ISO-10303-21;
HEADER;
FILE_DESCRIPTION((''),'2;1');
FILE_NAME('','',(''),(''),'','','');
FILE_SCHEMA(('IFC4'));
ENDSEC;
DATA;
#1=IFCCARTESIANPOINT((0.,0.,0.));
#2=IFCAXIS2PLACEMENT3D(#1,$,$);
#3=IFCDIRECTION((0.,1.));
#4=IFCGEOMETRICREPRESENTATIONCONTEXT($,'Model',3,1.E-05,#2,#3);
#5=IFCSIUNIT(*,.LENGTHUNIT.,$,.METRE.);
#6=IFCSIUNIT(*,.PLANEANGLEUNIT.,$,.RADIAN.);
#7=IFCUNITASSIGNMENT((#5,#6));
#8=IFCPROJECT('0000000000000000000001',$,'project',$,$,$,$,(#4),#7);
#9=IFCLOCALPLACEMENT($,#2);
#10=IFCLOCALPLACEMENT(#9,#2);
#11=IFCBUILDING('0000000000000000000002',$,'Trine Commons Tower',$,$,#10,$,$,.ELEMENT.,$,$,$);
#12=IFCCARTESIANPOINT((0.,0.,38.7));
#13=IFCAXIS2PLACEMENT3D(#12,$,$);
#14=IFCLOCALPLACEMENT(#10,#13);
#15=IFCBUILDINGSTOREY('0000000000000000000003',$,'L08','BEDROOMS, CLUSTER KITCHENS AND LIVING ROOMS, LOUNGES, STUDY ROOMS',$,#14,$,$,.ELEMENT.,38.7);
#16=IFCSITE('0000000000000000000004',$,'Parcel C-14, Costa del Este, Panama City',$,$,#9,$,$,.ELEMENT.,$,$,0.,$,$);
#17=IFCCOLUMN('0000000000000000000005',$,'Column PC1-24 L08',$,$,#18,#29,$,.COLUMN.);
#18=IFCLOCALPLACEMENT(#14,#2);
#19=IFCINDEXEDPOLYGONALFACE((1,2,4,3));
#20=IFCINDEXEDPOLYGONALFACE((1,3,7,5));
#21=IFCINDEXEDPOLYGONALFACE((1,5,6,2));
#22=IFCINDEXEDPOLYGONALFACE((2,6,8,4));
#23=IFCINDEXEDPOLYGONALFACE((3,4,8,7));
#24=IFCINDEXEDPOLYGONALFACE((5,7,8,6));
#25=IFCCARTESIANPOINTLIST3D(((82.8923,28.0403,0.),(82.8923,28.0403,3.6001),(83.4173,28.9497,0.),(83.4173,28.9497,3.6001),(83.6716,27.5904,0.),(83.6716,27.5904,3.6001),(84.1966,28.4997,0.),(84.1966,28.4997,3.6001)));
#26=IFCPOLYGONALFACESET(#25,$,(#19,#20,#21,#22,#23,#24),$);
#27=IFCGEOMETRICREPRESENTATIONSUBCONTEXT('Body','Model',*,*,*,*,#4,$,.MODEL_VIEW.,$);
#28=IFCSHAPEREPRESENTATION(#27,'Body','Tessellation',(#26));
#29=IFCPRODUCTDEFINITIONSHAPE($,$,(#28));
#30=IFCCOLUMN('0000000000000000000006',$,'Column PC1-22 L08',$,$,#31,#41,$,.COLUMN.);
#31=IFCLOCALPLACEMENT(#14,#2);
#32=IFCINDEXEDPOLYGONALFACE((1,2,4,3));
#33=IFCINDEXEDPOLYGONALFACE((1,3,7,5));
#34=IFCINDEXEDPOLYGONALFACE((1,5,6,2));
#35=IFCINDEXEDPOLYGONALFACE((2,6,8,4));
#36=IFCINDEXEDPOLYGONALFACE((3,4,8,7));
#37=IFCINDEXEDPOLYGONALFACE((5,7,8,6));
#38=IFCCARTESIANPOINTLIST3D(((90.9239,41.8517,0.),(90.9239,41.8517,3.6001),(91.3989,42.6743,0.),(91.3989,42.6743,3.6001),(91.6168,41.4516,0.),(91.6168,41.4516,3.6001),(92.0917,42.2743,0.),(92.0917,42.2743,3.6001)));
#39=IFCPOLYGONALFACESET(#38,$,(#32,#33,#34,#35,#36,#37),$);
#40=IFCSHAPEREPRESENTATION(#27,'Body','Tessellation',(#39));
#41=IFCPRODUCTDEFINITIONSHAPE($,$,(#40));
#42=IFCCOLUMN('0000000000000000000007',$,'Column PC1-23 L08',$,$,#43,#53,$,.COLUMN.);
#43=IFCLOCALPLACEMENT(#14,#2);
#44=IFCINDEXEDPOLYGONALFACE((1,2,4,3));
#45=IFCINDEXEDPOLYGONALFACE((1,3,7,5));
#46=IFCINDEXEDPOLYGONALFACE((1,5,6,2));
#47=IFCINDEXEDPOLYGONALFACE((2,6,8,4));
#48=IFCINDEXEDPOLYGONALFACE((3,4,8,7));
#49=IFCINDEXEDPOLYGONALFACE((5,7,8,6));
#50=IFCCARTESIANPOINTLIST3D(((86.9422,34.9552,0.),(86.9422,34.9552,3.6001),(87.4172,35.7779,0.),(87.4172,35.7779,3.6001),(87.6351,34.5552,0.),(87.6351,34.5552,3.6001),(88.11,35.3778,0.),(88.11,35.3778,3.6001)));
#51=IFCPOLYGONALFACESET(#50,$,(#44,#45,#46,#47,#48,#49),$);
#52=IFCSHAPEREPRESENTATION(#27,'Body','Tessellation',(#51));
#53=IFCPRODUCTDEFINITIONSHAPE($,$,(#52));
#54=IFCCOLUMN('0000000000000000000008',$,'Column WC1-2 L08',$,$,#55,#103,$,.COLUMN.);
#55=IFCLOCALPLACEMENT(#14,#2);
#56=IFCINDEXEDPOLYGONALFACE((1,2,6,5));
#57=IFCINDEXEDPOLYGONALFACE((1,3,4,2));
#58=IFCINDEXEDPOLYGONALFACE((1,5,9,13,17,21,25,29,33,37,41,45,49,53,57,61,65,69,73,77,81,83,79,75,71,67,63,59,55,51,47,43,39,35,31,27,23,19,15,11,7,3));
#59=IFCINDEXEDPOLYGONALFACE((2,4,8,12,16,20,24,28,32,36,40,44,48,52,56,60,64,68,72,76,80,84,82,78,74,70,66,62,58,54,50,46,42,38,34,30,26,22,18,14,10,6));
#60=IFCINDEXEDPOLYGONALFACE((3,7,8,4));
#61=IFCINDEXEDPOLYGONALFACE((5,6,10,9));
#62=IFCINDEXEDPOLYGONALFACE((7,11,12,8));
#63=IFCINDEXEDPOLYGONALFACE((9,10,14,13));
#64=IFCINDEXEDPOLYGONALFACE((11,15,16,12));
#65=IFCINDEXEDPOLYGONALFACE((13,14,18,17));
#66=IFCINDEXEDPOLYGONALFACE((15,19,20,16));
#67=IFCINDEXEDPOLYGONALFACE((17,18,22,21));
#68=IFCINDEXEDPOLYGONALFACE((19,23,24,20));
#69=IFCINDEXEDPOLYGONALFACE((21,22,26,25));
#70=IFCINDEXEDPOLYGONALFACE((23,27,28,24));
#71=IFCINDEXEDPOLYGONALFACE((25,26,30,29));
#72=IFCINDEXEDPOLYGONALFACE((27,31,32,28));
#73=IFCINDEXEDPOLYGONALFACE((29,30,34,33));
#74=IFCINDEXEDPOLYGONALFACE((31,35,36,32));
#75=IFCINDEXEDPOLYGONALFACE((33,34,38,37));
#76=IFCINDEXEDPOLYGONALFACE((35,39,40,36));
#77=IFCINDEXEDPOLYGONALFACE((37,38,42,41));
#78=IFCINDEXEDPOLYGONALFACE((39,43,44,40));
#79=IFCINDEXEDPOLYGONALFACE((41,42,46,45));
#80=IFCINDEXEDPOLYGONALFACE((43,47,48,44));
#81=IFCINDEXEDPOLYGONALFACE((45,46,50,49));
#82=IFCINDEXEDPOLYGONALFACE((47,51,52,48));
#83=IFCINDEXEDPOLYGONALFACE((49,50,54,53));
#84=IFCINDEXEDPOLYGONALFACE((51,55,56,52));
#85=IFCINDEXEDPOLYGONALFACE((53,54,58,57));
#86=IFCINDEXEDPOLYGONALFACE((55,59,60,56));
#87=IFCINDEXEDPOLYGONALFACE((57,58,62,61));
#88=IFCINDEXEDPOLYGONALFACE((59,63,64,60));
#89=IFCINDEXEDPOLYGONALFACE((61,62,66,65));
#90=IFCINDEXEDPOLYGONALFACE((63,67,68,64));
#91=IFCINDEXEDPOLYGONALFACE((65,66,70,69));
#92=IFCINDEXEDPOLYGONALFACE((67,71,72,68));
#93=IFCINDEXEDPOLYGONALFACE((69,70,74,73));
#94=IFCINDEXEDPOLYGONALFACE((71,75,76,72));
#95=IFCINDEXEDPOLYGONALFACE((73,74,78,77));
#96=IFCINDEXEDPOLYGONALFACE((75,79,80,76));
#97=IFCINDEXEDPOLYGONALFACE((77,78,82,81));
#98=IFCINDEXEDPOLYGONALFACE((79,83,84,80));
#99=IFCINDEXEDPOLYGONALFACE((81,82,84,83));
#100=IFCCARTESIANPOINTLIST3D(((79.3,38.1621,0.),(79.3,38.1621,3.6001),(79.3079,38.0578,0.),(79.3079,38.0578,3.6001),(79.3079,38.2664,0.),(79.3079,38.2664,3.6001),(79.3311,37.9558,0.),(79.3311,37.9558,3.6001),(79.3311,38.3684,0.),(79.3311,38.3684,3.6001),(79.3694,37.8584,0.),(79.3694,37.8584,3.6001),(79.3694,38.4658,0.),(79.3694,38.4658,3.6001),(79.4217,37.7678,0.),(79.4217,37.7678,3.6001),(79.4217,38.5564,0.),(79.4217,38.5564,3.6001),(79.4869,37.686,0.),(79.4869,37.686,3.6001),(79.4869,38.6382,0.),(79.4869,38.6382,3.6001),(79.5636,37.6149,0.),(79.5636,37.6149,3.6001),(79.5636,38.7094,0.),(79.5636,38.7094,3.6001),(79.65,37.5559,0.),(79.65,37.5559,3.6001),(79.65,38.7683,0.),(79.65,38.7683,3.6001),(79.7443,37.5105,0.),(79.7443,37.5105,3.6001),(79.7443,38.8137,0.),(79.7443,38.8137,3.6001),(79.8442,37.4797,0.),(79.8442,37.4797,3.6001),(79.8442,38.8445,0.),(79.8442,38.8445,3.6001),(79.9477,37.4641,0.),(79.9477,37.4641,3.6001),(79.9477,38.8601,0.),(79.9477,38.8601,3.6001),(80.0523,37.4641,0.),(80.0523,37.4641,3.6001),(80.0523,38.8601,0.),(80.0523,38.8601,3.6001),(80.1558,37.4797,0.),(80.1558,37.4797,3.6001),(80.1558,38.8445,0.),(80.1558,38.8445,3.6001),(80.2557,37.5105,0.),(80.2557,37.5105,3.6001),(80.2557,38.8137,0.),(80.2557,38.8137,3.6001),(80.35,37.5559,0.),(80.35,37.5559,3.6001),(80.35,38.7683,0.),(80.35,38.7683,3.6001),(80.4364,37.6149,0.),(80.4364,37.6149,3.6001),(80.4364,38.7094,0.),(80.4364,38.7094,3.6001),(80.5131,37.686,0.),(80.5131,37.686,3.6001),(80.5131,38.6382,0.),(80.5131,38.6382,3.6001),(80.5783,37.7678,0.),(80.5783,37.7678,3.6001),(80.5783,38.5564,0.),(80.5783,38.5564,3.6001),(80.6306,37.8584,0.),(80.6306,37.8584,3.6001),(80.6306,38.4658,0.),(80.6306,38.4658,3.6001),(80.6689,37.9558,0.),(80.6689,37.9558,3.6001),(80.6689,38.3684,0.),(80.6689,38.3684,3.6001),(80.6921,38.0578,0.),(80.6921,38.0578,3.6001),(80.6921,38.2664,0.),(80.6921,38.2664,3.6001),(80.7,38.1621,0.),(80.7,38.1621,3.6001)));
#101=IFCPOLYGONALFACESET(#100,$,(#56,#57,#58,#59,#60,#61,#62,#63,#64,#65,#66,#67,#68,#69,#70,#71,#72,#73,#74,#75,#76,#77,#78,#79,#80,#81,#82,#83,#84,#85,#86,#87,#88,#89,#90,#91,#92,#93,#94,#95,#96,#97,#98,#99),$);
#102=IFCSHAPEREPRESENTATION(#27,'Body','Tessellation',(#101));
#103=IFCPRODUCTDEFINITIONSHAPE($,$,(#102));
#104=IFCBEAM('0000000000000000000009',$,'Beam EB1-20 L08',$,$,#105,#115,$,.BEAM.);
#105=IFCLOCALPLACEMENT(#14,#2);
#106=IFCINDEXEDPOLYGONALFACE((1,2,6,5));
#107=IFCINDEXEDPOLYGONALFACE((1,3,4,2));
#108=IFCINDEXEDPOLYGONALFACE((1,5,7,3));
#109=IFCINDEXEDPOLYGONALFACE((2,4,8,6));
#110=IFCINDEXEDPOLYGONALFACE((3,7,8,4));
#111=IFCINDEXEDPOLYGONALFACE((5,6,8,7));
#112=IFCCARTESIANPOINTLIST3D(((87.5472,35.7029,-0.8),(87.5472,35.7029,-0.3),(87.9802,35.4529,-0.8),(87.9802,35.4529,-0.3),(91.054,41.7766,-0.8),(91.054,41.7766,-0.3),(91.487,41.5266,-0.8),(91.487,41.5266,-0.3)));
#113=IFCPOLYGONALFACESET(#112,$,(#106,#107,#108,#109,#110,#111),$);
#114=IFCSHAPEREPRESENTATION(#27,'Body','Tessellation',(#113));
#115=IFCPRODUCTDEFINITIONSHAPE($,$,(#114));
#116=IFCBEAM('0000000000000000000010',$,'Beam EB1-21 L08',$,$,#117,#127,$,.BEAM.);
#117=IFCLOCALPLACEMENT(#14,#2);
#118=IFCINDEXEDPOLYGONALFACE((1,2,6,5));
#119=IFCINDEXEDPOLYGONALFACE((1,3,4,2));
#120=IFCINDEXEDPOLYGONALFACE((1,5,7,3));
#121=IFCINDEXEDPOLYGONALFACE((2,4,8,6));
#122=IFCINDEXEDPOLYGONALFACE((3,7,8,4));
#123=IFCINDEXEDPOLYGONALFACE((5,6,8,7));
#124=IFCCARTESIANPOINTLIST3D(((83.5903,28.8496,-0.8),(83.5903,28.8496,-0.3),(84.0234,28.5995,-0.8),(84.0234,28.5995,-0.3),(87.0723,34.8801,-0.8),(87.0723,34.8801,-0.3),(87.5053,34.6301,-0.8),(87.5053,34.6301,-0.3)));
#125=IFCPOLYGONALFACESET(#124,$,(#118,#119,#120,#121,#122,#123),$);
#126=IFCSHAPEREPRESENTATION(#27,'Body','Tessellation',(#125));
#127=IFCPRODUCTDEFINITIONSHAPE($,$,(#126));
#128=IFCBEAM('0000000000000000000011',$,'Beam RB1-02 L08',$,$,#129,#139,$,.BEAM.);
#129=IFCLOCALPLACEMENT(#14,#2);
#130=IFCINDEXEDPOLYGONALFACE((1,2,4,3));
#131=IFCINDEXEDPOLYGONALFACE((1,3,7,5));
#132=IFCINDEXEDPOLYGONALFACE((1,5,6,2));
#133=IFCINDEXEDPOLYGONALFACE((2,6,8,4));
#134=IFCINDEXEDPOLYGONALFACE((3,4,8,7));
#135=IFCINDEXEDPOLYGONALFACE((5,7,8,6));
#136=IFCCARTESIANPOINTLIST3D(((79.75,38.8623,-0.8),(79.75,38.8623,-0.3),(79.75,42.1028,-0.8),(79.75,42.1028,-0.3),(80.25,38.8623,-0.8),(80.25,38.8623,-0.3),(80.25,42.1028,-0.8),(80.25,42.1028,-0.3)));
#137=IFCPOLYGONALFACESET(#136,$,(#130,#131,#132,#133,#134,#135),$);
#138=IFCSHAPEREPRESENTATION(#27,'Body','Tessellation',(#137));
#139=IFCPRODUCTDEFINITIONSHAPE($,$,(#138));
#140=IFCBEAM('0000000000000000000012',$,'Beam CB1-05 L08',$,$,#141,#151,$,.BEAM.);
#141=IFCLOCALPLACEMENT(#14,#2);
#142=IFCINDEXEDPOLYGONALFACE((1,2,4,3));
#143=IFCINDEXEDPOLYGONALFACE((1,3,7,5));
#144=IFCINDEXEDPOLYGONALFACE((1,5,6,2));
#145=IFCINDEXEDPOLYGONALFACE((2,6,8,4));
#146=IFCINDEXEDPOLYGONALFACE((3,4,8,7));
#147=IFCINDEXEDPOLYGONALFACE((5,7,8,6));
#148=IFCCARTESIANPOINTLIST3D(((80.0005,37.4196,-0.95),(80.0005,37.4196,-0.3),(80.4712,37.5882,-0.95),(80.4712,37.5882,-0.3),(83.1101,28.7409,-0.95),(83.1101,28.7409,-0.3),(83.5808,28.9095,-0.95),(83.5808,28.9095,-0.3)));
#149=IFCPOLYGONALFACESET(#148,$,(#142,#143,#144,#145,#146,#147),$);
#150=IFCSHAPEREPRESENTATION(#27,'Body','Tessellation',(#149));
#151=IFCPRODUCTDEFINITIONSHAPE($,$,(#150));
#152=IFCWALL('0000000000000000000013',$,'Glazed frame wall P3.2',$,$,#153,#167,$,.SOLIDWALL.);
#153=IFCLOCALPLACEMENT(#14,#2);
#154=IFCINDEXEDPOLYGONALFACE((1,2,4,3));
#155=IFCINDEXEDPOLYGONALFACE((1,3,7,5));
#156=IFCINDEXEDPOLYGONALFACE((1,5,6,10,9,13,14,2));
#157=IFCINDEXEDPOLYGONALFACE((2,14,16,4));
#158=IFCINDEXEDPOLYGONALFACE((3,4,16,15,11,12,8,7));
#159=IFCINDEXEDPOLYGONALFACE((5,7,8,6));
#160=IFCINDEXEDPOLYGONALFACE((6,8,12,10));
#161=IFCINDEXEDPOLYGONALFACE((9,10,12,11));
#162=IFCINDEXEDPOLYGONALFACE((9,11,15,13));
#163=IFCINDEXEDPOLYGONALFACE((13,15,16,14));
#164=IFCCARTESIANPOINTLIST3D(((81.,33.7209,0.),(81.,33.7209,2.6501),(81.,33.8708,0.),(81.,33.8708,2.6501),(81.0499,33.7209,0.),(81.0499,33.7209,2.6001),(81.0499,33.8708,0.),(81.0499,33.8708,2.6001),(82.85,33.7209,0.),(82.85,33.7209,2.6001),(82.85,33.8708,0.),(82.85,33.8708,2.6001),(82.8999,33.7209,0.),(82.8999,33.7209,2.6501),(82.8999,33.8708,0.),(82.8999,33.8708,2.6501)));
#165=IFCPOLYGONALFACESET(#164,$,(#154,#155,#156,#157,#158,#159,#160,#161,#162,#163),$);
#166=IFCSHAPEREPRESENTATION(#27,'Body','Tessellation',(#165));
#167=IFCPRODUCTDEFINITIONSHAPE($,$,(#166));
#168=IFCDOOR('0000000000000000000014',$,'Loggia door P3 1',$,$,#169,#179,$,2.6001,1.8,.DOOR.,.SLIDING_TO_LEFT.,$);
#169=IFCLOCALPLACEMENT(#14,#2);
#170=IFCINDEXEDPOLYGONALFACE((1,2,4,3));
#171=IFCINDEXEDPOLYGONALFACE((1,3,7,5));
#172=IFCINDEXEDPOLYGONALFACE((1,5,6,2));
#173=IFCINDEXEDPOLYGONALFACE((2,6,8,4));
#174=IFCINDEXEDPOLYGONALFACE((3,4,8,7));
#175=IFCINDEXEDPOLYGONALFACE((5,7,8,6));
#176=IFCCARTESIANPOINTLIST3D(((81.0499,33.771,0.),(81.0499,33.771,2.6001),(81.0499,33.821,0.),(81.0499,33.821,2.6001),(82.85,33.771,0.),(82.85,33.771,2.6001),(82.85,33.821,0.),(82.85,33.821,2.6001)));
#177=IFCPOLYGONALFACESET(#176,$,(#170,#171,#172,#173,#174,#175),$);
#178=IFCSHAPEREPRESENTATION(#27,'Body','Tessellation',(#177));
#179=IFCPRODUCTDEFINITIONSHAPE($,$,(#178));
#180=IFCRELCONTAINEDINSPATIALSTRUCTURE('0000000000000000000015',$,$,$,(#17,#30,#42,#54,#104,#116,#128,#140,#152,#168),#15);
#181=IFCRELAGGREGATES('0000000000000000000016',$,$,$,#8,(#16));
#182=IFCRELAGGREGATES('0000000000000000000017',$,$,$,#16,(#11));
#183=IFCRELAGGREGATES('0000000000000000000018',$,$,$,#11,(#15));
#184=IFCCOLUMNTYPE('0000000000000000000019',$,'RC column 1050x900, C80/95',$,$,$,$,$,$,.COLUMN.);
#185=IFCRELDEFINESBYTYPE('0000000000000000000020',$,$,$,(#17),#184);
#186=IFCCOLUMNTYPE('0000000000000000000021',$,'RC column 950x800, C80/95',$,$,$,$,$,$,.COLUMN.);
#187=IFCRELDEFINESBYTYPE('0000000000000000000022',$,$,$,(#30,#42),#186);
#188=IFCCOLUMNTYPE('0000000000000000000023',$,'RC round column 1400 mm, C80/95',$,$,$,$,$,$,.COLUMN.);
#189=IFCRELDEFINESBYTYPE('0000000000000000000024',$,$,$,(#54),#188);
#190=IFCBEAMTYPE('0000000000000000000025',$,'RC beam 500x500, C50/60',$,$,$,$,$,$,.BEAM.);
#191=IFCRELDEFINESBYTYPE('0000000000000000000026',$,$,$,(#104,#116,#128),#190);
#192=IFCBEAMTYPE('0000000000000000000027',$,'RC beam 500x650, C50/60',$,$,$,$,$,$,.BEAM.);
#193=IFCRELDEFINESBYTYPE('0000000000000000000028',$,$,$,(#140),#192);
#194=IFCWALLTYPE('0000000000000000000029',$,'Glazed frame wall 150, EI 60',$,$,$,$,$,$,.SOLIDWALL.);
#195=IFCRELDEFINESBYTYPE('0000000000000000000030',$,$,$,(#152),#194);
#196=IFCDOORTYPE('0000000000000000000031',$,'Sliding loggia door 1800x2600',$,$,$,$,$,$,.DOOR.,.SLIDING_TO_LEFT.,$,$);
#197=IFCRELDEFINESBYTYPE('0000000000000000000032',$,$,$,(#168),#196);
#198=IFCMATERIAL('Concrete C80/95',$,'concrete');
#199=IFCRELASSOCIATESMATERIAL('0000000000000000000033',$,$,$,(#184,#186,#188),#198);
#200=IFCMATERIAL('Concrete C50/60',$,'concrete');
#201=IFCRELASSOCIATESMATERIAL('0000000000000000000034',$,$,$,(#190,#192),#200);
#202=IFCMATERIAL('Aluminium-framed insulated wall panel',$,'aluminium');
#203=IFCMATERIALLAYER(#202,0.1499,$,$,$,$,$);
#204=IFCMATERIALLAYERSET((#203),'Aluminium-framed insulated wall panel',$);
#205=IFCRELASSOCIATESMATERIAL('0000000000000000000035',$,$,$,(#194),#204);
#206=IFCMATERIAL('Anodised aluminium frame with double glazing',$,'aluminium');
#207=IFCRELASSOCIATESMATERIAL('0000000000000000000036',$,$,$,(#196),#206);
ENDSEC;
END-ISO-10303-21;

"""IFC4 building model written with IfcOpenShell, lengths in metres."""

from ifc_helpers import new_model, si_unit, direction, frame, frame_2d, origin, origin_2d, place, context, subcontext, project, spatial, polyline, rectangle, circle, outline, extrude, material, layer, layer_set, material_profile, profile_set, type_object, element, fill, save


model = new_model("IFC4")

# Units and contexts
model_context = context("Model", 3, precision=1e-05, world=origin(), true_north=direction((0.0, 1.0)))
body_context = subcontext(model_context, "Body", "Model", "MODEL_VIEW")
ifc_project = project(units=[si_unit("LENGTHUNIT", "METRE"), si_unit("PLANEANGLEUNIT", "RADIAN")], contexts=[model_context])

# Site, building, storey
site_placement = place(None, origin())
site = spatial("IfcSite", under=ifc_project, at=site_placement, Name="Parcel C-14, Costa del Este, Panama City", CompositionType="ELEMENT", RefElevation=0.0)
building_placement = place(site_placement, origin())
building = spatial("IfcBuilding", under=site, at=building_placement, Name="Trine Commons Tower", CompositionType="ELEMENT")
storey_placement = place(building_placement, frame((0.0, 0.0, 38.7)))
storey = spatial("IfcBuildingStorey", under=building, at=storey_placement, Name="L08", Description="BEDROOMS, CLUSTER KITCHENS AND LIVING ROOMS, LOUNGES, STUDY ROOMS", CompositionType="ELEMENT", Elevation=38.7)

# Columns
ifc_material_1 = material(Name="Concrete C80/95", Category="concrete")
ifc_material_profile_1 = material_profile(ifc_material_1, rectangle(XDim=1.05, YDim=0.8999, at=origin_2d()), Name="RC 1050x900")
ifc_profile_set_1 = profile_set([ifc_material_profile_1], Name="Concrete C80/95")
column_type_1 = type_object("IfcColumnType", Name="RC column 1050x900, C80/95", PredefinedType="COLUMN", material=ifc_profile_set_1)
column_1_placement = place(storey_placement, frame((83.5444, 28.27, 0.0), z_axis=(0.0, 0.0, 1.0), x_axis=(0.5, 0.866025, 0.0)))
element("IfcColumn", 1, at=column_1_placement, inside=storey, type_object=column_type_1, Name="Column PC1-24 L08", PredefinedType="COLUMN", context=body_context, shape_type="SweptSolid", body=[
    extrude(rectangle(XDim=1.05, YDim=0.8999, at=origin_2d()), origin(), (0.0, 0.0, 1.0), 3.6001),
])
ifc_material_profile_2 = material_profile(ifc_material_1, rectangle(XDim=0.95, YDim=0.8, at=origin_2d()), Name="RC 950x800")
ifc_profile_set_2 = profile_set([ifc_material_profile_2], Name="Concrete C80/95")
column_type_2 = type_object("IfcColumnType", Name="RC column 950x800, C80/95", PredefinedType="COLUMN", material=ifc_profile_set_2)
for number, where, z_axis, x_axis, name in (
    (2, (91.5078, 42.063, 0.0), (0.0, 0.0, 1.0), (0.5, 0.866025, 0.0), "Column PC1-22 L08"),
    (3, (87.5261, 35.1665, 0.0), (0.0, 0.0, 1.0), (0.5, 0.866025, 0.0), "Column PC1-23 L08"),
):
    element("IfcColumn", number, at=place(storey_placement, frame(where, z_axis=z_axis, x_axis=x_axis)), inside=storey, type_object=column_type_2, Name=name, PredefinedType="COLUMN", context=body_context, shape_type="SweptSolid", body=[
        extrude(rectangle(XDim=0.95, YDim=0.8, at=origin_2d()), origin(), (0.0, 0.0, 1.0), 3.6001),
    ])
ifc_material_profile_3 = material_profile(ifc_material_1, circle(Radius=0.7, at=origin_2d()), Name="RC round 1400")
ifc_profile_set_3 = profile_set([ifc_material_profile_3], Name="Concrete C80/95")
column_type_3 = type_object("IfcColumnType", Name="RC round column 1400 mm, C80/95", PredefinedType="COLUMN", material=ifc_profile_set_3)
column_2_placement = place(storey_placement, frame((80.0, 38.1621, 0.0), z_axis=(0.0, 0.0, 1.0), x_axis=(1.0, 0.0, 0.0)))
element("IfcColumn", 4, at=column_2_placement, inside=storey, type_object=column_type_3, Name="Column WC1-2 L08", PredefinedType="COLUMN", context=body_context, shape_type="SweptSolid", body=[
    extrude(circle(Radius=0.7, at=origin_2d()), origin(), (0.0, 0.0, 1.0), 3.6001),
])

# Beams
ifc_material_2 = material(Name="Concrete C50/60", Category="concrete")
ifc_material_profile_4 = material_profile(ifc_material_2, rectangle(XDim=0.5, YDim=0.5, at=origin_2d()), Name="RC 500x500")
ifc_profile_set_4 = profile_set([ifc_material_profile_4], Name="Concrete C50/60")
beam_type_1 = type_object("IfcBeamType", Name="RC beam 500x500, C50/60", PredefinedType="BEAM", material=ifc_profile_set_4)
beam_1_placement = place(storey_placement, frame((91.2705, 41.6516, -0.55), z_axis=(-0.500018, -0.866015, 0.0), x_axis=(0.866015, -0.500018, 0.0)))
element("IfcBeam", 5, at=beam_1_placement, inside=storey, type_object=beam_type_1, Name="Beam EB1-20 L08", PredefinedType="BEAM", context=body_context, shape_type="SweptSolid", body=[
    extrude(rectangle(XDim=0.5, YDim=0.5, at=origin_2d()), origin(), (0.0, 0.0, 1.0), 7.0134),
])
beam_2_placement = place(storey_placement, frame((87.2888, 34.7551, -0.55), z_axis=(-0.500023, -0.866012, 0.0), x_axis=(0.866012, -0.500023, 0.0)))
element("IfcBeam", 6, at=beam_2_placement, inside=storey, type_object=beam_type_1, Name="Beam EB1-21 L08", PredefinedType="BEAM", context=body_context, shape_type="SweptSolid", body=[
    extrude(rectangle(XDim=0.5, YDim=0.5, at=origin_2d()), origin(), (0.0, 0.0, 1.0), 6.9636),
])
beam_3_placement = place(storey_placement, frame((80.0, 42.1028, -0.55), z_axis=(0.0, -1.0, 0.0), x_axis=(1.0, 0.0, 0.0)))
element("IfcBeam", 7, at=beam_3_placement, inside=storey, type_object=beam_type_1, Name="Beam RB1-02 L08", PredefinedType="BEAM", context=body_context, shape_type="SweptSolid", body=[
    extrude(rectangle(XDim=0.5, YDim=0.5, at=origin_2d()), origin(), (0.0, 0.0, 1.0), 3.2405),
])
ifc_material_profile_5 = material_profile(ifc_material_2, rectangle(XDim=0.5, YDim=0.6499, at=origin_2d()), Name="RC 500x650")
ifc_profile_set_5 = profile_set([ifc_material_profile_5], Name="Concrete C50/60")
beam_type_2 = type_object("IfcBeamType", Name="RC beam 500x650, C50/60", PredefinedType="BEAM", material=ifc_profile_set_5)
beam_4_placement = place(storey_placement, frame((83.3455, 28.8252, -0.625), z_axis=(-0.337306, 0.941395, 0.0), x_axis=(-0.941395, -0.337306, 0.0)))
element("IfcBeam", 8, at=beam_4_placement, inside=storey, type_object=beam_type_2, Name="Beam CB1-05 L08", PredefinedType="BEAM", context=body_context, shape_type="SweptSolid", body=[
    extrude(rectangle(XDim=0.5, YDim=0.6499, at=origin_2d()), origin(), (0.0, 0.0, 1.0), 9.219),
])

# Shared definitions
ifc_material_3 = material(Name="Aluminium-framed insulated wall panel", Category="aluminium")
ifc_layer_1 = layer(ifc_material_3, 0.1499)
ifc_layer_set_1 = layer_set([ifc_layer_1], Name="Aluminium-framed insulated wall panel")
wall_type_1 = type_object("IfcWallType", Name="Glazed frame wall 150, EI 60", PredefinedType="SOLIDWALL", material=ifc_layer_set_1)

# Wall, opening, door
wall_1_placement = place(storey_placement, frame((82.8999, 33.7959, 0.0), z_axis=(0.0, 0.0, 1.0), x_axis=(-1.0, 0.0, 0.0)))
wall_1 = element("IfcWall", 9, at=wall_1_placement, inside=storey, type_object=wall_type_1, Name="Glazed frame wall P3.2", PredefinedType="SOLIDWALL", context=body_context, shape_type="SweptSolid", body=[
    extrude(outline(polyline([(0.0, -0.075), (1.8999, -0.075), (1.8999, 0.075), (0.0, 0.075), (0.0, -0.075)])), origin(), (0.0, 0.0, 1.0), 2.6501),
])
opening_1_placement = place(wall_1_placement, frame((0.05, 0.0, 0.0)))
opening_1 = element("IfcOpeningElement", 10, at=opening_1_placement, cuts=wall_1, PredefinedType="OPENING", context=body_context, shape_type="SweptSolid", body=[
    extrude(rectangle(XDim=1.8, YDim=2.6001, at=frame_2d((0.8999, 1.3))), frame((0.0, 0.085, 0.0), z_axis=(0.0, -1.0, 0.0), x_axis=(1.0, 0.0, 0.0)), (0.0, 0.0, 1.0), 0.1699),
])
ifc_material_4 = material(Name="Anodised aluminium frame with double glazing", Category="aluminium")
door_type_1 = type_object("IfcDoorType", Name="Sliding loggia door 1800x2600", OperationType="SLIDING_TO_LEFT", PredefinedType="DOOR", material=ifc_material_4)
door_1_placement = place(opening_1_placement, origin())
door_1 = element("IfcDoor", 11, at=door_1_placement, inside=storey, type_object=door_type_1, Name="Loggia door P3 1", OperationType="SLIDING_TO_LEFT", OverallHeight=2.6001, OverallWidth=1.8, PredefinedType="DOOR", context=body_context, shape_type="SweptSolid", body=[
    extrude(rectangle(XDim=1.8, YDim=2.6001, at=frame_2d((0.8999, 1.3))), frame((0.0, 0.0249, 0.0), z_axis=(0.0, -1.0, 0.0), x_axis=(1.0, 0.0, 0.0)), (0.0, 0.0, 1.0), 0.05),
])
fill(opening_1, door_1)

save(model, "model.ifc")
